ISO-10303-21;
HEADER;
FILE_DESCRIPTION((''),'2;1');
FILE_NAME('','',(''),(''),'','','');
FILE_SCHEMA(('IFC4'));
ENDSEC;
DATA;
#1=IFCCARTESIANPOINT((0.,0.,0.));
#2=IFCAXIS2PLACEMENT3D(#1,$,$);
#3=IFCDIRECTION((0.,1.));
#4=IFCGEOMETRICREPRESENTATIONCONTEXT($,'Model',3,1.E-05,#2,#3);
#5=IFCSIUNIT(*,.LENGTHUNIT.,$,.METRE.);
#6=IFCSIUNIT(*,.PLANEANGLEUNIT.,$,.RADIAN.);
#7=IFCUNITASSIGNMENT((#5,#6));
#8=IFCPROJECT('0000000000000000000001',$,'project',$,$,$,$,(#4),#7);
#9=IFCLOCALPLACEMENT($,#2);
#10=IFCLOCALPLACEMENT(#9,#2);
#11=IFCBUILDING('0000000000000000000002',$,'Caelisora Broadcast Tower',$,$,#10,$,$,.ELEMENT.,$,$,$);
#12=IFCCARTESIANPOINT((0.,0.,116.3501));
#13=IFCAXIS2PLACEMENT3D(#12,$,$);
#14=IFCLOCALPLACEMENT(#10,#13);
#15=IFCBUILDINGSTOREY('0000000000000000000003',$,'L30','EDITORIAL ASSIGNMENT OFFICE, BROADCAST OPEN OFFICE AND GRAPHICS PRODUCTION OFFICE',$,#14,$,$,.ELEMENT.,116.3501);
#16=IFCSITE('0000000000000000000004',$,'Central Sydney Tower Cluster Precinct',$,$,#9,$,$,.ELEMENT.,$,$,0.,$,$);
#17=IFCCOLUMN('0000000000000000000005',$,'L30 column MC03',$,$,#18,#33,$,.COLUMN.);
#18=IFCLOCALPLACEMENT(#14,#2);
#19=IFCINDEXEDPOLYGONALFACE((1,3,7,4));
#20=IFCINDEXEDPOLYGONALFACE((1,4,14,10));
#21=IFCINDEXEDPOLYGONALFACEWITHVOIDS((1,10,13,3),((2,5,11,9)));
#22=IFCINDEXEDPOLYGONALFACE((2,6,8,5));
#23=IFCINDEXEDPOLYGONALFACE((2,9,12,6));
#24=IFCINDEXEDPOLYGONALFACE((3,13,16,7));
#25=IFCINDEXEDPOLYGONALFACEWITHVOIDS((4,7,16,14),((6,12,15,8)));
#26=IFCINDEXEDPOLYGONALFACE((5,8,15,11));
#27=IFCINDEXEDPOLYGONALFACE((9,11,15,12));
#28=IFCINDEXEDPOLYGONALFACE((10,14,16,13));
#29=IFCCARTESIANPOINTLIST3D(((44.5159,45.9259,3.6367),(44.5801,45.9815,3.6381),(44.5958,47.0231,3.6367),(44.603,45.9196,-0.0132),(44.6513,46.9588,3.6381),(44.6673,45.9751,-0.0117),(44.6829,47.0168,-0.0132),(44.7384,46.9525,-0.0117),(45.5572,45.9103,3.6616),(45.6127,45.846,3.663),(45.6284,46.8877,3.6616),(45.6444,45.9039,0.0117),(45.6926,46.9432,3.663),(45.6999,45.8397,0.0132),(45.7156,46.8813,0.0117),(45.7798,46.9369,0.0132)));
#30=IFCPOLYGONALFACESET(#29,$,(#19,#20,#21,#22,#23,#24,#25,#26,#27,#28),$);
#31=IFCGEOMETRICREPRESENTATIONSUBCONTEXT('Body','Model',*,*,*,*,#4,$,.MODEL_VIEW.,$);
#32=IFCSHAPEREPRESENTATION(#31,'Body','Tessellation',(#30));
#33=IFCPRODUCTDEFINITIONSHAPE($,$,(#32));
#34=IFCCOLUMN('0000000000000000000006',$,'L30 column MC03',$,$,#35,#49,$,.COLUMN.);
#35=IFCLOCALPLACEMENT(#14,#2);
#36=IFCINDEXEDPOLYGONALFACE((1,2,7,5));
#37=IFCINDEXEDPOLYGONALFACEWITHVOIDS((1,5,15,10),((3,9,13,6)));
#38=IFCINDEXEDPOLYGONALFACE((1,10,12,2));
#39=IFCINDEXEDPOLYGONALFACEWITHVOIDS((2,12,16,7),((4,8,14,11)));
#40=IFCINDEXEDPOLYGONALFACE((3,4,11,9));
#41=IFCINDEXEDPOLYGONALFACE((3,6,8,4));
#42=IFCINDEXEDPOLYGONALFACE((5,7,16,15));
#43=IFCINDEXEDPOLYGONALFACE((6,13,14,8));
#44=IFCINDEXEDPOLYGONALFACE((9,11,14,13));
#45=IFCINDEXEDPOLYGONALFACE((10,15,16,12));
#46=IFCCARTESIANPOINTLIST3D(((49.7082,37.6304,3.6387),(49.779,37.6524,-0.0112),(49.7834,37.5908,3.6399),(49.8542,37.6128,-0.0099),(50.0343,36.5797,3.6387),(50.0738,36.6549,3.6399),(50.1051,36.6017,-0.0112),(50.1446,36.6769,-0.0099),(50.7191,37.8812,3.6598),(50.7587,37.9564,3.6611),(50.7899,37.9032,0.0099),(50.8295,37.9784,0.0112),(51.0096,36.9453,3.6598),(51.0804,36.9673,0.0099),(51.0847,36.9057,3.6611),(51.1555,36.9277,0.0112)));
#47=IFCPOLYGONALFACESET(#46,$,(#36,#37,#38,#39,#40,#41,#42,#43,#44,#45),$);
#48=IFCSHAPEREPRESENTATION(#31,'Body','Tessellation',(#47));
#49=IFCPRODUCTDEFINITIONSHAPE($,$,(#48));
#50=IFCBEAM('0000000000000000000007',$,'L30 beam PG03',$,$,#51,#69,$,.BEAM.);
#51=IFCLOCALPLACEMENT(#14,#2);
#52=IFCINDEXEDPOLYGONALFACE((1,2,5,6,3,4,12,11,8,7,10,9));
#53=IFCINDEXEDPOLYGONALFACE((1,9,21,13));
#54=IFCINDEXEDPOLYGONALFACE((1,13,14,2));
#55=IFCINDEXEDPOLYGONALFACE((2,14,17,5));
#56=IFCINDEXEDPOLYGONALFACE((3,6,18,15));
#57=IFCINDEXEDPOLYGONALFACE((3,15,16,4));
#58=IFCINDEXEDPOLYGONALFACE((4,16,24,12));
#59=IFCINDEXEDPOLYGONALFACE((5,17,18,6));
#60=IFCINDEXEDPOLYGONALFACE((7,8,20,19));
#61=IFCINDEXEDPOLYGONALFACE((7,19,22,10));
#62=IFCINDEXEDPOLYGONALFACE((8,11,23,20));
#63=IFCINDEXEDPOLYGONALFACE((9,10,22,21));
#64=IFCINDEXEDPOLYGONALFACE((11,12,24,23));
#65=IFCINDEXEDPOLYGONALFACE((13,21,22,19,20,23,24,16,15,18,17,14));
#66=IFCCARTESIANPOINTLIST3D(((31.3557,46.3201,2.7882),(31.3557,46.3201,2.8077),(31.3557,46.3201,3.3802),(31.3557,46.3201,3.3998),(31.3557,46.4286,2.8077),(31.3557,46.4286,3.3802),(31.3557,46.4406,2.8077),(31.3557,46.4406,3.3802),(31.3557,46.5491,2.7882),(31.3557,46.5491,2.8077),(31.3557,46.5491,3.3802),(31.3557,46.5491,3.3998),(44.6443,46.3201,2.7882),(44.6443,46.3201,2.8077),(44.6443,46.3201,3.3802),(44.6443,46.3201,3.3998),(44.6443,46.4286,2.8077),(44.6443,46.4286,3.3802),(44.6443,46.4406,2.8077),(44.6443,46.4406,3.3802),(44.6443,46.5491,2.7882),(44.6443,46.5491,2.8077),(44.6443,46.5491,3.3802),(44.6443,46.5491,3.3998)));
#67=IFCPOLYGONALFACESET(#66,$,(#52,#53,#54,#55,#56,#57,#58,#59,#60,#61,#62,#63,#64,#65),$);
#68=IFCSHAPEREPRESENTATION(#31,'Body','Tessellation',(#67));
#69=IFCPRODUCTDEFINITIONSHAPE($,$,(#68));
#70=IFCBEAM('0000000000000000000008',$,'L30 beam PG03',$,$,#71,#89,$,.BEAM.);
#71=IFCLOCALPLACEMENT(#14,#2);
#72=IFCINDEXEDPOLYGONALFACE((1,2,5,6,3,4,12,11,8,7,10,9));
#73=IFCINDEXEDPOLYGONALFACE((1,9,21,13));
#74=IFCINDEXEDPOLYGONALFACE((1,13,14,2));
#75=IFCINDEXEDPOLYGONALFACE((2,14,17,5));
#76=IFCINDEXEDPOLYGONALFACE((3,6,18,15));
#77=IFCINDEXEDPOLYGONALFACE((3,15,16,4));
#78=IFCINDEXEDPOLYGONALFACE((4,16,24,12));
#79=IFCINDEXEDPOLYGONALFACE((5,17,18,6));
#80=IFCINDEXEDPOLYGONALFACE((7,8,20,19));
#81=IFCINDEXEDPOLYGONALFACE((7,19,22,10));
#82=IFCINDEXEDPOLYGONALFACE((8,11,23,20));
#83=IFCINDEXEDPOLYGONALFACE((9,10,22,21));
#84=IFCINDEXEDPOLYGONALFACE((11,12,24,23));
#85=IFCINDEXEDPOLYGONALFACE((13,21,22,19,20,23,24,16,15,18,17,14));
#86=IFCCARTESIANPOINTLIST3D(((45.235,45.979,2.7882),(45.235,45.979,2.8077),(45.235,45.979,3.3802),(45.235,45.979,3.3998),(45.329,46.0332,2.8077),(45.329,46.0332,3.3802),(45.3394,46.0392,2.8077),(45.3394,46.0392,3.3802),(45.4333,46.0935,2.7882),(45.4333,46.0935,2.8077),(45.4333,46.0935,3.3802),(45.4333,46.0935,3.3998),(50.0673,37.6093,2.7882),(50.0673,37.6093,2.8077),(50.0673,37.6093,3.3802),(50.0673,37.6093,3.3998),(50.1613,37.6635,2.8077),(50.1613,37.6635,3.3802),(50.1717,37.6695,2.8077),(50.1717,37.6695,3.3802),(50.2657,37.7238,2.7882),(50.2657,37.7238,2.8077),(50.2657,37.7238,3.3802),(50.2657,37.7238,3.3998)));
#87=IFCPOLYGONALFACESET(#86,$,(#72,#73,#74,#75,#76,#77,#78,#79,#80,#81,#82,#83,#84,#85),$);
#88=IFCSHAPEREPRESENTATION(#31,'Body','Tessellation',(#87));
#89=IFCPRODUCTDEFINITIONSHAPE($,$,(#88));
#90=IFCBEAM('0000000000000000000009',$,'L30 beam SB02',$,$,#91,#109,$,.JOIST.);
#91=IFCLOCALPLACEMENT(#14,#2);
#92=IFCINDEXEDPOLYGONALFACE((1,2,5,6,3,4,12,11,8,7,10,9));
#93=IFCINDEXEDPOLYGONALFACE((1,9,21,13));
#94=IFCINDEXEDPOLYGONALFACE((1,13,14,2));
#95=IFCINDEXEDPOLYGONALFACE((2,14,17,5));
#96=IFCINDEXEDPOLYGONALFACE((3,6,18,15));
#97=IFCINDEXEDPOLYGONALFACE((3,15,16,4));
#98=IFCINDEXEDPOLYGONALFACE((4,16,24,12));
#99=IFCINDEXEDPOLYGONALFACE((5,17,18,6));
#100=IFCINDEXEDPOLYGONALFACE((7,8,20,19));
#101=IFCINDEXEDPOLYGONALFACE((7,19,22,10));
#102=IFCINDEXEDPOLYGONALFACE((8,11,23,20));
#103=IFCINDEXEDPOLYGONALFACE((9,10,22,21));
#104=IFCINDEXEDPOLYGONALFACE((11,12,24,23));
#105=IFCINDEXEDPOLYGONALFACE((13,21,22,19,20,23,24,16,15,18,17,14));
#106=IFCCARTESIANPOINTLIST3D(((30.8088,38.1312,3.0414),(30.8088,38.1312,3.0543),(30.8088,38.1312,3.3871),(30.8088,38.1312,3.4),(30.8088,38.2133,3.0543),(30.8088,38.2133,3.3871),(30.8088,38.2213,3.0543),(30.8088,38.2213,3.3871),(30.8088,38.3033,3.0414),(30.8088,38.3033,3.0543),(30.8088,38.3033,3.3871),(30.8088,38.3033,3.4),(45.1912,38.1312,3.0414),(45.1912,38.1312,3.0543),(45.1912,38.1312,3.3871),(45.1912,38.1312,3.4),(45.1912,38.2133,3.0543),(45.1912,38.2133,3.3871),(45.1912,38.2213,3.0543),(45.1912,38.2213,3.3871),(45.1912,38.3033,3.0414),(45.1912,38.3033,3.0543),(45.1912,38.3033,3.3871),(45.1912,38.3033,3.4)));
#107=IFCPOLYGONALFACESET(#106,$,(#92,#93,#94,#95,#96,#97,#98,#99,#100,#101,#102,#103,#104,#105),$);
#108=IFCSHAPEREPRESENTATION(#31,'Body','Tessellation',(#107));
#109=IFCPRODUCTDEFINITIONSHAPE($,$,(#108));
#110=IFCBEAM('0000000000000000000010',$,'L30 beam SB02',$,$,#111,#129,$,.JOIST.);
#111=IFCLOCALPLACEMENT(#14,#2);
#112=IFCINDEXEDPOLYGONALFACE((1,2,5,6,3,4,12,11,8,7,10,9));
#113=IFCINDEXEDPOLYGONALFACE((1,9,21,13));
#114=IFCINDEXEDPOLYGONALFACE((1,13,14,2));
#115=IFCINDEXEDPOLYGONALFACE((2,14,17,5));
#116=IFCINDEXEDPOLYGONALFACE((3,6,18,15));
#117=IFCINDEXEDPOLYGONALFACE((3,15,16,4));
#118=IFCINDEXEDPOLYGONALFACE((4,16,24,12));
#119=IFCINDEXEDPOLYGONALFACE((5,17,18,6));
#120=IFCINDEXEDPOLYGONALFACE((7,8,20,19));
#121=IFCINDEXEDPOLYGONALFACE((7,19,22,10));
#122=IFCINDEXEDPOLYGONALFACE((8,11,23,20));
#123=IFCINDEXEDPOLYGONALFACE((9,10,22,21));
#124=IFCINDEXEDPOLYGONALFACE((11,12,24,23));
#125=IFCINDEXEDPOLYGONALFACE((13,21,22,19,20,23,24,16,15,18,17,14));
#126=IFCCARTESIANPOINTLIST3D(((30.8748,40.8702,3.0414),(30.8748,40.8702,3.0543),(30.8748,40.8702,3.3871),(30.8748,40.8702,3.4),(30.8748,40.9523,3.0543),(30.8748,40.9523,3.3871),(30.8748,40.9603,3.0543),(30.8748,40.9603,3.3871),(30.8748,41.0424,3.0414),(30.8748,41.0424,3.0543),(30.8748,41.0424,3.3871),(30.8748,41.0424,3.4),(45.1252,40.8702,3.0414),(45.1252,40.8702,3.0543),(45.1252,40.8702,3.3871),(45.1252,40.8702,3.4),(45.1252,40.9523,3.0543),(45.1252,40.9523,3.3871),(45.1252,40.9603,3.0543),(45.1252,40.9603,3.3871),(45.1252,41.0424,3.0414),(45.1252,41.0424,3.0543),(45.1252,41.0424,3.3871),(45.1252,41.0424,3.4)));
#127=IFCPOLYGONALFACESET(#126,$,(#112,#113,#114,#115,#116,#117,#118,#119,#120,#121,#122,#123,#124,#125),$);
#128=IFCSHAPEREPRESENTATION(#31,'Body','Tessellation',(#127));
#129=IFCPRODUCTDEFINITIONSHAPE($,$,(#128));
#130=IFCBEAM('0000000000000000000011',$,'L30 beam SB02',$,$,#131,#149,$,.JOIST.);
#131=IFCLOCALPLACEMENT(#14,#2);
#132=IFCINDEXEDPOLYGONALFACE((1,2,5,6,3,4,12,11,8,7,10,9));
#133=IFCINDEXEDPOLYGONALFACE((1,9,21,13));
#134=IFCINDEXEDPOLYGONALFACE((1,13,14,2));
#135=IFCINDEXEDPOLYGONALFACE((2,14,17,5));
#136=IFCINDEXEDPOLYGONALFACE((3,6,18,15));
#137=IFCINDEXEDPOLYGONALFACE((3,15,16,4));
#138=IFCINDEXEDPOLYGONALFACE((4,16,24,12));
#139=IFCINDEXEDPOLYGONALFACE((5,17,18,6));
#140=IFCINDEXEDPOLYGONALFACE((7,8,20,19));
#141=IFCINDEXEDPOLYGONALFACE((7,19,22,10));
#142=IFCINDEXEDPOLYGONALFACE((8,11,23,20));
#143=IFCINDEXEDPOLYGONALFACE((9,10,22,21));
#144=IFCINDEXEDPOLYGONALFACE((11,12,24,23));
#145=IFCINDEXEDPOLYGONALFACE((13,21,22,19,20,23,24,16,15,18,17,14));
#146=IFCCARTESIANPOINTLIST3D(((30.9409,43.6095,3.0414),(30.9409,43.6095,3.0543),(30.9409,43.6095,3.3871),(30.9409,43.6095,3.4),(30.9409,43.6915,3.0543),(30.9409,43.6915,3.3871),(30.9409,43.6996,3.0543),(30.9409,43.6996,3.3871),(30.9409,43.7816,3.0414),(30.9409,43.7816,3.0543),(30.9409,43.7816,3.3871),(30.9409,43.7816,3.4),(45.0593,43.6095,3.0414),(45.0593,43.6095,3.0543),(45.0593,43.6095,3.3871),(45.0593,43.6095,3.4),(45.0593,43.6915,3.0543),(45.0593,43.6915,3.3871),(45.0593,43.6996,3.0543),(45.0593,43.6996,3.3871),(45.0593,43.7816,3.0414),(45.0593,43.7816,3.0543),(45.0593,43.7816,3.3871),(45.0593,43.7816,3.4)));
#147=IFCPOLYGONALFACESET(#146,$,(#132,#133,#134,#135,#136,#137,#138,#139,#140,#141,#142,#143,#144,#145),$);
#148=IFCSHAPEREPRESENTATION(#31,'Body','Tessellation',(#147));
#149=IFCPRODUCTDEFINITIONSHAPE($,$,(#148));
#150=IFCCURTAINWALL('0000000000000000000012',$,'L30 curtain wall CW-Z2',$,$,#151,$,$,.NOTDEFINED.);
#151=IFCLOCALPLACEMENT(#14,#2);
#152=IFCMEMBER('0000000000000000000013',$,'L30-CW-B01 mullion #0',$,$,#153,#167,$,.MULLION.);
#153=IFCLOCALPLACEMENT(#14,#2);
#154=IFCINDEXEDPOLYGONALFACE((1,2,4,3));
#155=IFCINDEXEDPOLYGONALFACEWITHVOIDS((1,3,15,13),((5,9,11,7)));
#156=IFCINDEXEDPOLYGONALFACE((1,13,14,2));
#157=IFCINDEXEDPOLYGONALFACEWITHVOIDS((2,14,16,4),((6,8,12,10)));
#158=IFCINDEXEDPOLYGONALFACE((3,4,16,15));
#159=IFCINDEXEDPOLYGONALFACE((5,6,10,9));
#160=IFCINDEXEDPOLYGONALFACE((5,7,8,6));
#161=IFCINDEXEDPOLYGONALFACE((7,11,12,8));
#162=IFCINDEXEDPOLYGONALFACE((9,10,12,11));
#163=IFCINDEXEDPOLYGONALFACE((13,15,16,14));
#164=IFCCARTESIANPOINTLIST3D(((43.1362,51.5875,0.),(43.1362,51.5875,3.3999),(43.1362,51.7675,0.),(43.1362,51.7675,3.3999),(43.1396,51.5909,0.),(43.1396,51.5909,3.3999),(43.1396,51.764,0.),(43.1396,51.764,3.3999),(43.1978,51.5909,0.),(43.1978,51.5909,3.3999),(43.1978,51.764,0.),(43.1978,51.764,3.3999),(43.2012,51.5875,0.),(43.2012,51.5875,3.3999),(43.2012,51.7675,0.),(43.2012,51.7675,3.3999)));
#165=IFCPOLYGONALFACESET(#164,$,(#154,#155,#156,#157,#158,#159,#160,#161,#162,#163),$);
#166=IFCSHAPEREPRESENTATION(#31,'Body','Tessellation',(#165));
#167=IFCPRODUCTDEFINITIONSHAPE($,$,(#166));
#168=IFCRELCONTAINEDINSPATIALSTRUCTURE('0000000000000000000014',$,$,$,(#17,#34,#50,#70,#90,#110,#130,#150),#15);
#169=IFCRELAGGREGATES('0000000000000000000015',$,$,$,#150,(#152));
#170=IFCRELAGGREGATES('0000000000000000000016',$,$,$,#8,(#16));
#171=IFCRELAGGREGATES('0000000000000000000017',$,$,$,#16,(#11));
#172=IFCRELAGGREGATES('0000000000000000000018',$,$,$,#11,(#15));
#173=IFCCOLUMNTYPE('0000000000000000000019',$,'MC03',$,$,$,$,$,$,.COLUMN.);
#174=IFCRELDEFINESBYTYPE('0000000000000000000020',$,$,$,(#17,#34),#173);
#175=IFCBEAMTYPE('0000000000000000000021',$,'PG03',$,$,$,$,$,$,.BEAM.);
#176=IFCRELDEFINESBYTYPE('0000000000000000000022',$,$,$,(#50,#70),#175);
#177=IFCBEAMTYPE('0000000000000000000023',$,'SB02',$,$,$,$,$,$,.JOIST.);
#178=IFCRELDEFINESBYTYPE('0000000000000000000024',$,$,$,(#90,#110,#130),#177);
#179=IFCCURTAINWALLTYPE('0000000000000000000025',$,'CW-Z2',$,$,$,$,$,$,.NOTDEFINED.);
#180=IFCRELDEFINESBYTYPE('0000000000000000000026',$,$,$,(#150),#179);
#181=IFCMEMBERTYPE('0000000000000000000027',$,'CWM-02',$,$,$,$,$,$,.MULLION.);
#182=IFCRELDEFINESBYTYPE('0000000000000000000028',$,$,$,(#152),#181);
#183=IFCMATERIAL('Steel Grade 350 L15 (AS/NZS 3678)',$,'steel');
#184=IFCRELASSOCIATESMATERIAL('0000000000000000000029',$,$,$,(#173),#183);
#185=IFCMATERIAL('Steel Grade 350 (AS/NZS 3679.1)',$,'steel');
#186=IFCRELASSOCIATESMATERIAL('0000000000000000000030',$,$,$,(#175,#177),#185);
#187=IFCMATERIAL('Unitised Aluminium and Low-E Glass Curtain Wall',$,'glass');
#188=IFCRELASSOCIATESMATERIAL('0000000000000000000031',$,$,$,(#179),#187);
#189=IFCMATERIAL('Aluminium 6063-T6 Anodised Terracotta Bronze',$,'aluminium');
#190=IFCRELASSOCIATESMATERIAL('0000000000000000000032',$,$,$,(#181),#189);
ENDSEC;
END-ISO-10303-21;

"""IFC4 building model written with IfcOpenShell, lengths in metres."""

from ifc_helpers import new_model, si_unit, direction, frame, origin, origin_2d, place, context, subcontext, project, spatial, hollow_rectangle, i_section, extrude, source, transform, mapped, material, material_profile, profile_set, type_object, type_shapes, element, aggregate, save


model = new_model("IFC4")

# Units and contexts
model_context = context("Model", 3, precision=1e-05, world=origin(), true_north=direction((0.0, 1.0)))
body_context = subcontext(model_context, "Body", "Model", "MODEL_VIEW")
ifc_project = project(units=[si_unit("LENGTHUNIT", "METRE"), si_unit("PLANEANGLEUNIT", "RADIAN")], contexts=[model_context])

# Site, building, storey
site_placement = place(None, origin())
site = spatial("IfcSite", under=ifc_project, at=site_placement, Name="Central Sydney Tower Cluster Precinct", CompositionType="ELEMENT", RefElevation=0.0)
building_placement = place(site_placement, origin())
building = spatial("IfcBuilding", under=site, at=building_placement, Name="Caelisora Broadcast Tower", CompositionType="ELEMENT")
storey_placement = place(building_placement, frame((0.0, 0.0, 116.3501)))
storey = spatial("IfcBuildingStorey", under=building, at=storey_placement, Name="L30", Description="EDITORIAL ASSIGNMENT OFFICE, BROADCAST OPEN OFFICE AND GRAPHICS PRODUCTION OFFICE", CompositionType="ELEMENT", Elevation=116.3501)

# Columns
ifc_material_1 = material(Name="Steel Grade 350 L15 (AS/NZS 3678)", Category="steel")
ifc_material_profile_1 = material_profile(ifc_material_1, hollow_rectangle(XDim=1.1001, YDim=1.1001, WallThickness=0.0601, at=origin_2d()), Name="Steel Grade 350 L15 (AS/NZS 3678)")
ifc_profile_set_1 = profile_set([ifc_material_profile_1], Name="Steel Grade 350 L15 (AS/NZS 3678)")
column_type = type_object("IfcColumnType", Name="MC03", PredefinedType="COLUMN", material=ifc_profile_set_1)
shared_shape_1 = source(origin(), body_context, "Body", "SweptSolid", [
    extrude(hollow_rectangle(XDim=1.1001, YDim=1.1001, WallThickness=0.0601, at=origin_2d()), origin(), (0.0, 0.0, 1.0), 3.6509),
])
column_1_placement = place(storey_placement, frame((45.1914, 46.4282, 0.0), z_axis=(-0.023873, 0.001739, 0.999713), x_axis=(-0.072637, -0.997358, 0.0)))
element("IfcColumn", 1, at=column_1_placement, inside=storey, type_object=column_type, Name="L30 column MC03", PredefinedType="COLUMN", context=body_context, shape_type="MappedRepresentation", body=[
    mapped(shared_shape_1, transform((0.0, 0.0, 0.0), scale=1.0)),
])
shared_shape_2 = source(origin(), body_context, "Body", "SweptSolid", [
    extrude(hollow_rectangle(XDim=1.1001, YDim=1.1001, WallThickness=0.0601, at=origin_2d()), origin(), (0.0, 0.0, 1.0), 3.6506),
])
type_shapes(column_type, [shared_shape_1, shared_shape_2])
column_2_placement = place(storey_placement, frame((50.4673, 37.29, 0.0), z_axis=(-0.019394, -0.006019, 0.999794), x_axis=(0.296399, -0.955064, 0.0)))
element("IfcColumn", 2, at=column_2_placement, inside=storey, type_object=column_type, Name="L30 column MC03", PredefinedType="COLUMN", context=body_context, shape_type="MappedRepresentation", body=[
    mapped(shared_shape_2, transform((0.0, 0.0, 0.0), scale=1.0)),
])

# Beams
ifc_material_2 = material(Name="Steel Grade 350 (AS/NZS 3679.1)", Category="steel")
ifc_material_profile_2 = material_profile(ifc_material_2, i_section(OverallWidth=0.229, OverallDepth=0.6116, WebThickness=0.012, FlangeThickness=0.0195, at=origin_2d()), Name="Steel Grade 350 (AS/NZS 3679.1)")
ifc_profile_set_2 = profile_set([ifc_material_profile_2], Name="Steel Grade 350 (AS/NZS 3679.1)")
beam_type_1 = type_object("IfcBeamType", Name="PG03", PredefinedType="BEAM", material=ifc_profile_set_2)
shared_shape_3 = source(origin(), body_context, "Body", "SweptSolid", [
    extrude(i_section(OverallWidth=0.229, OverallDepth=0.6116, WebThickness=0.012, FlangeThickness=0.0195, at=origin_2d()), origin(), (0.0, 0.0, 1.0), 13.2886),
])
beam_1_placement = place(storey_placement, frame((44.6443, 46.4346, 3.094), z_axis=(-1.0, 0.0, 0.0), x_axis=(0.0, -1.0, 0.0)))
element("IfcBeam", 3, at=beam_1_placement, inside=storey, type_object=beam_type_1, Name="L30 beam PG03", PredefinedType="BEAM", context=body_context, shape_type="MappedRepresentation", body=[
    mapped(shared_shape_3, transform((0.0, 0.0, 0.0), scale=1.0)),
])
shared_shape_4 = source(origin(), body_context, "Body", "SweptSolid", [
    extrude(i_section(OverallWidth=0.229, OverallDepth=0.6116, WebThickness=0.012, FlangeThickness=0.0195, at=origin_2d()), origin(), (0.0, 0.0, 1.0), 9.6646),
])
type_shapes(beam_type_1, [shared_shape_3, shared_shape_4])
beam_2_placement = place(storey_placement, frame((50.1665, 37.6665, 3.094), z_axis=(-0.500005, 0.866022, 0.0), x_axis=(-0.866022, -0.500005, 0.0)))
element("IfcBeam", 4, at=beam_2_placement, inside=storey, type_object=beam_type_1, Name="L30 beam PG03", PredefinedType="BEAM", context=body_context, shape_type="MappedRepresentation", body=[
    mapped(shared_shape_4, transform((0.0, 0.0, 0.0), scale=1.0)),
])
ifc_material_profile_3 = material_profile(ifc_material_2, i_section(OverallWidth=0.1721, OverallDepth=0.3586, WebThickness=0.0081, FlangeThickness=0.0129, at=origin_2d()), Name="Steel Grade 350 (AS/NZS 3679.1)")
ifc_profile_set_3 = profile_set([ifc_material_profile_3], Name="Steel Grade 350 (AS/NZS 3679.1)")
beam_type_2 = type_object("IfcBeamType", Name="SB02", PredefinedType="JOIST", material=ifc_profile_set_3)
shared_shape_5 = source(origin(), body_context, "Body", "SweptSolid", [
    extrude(i_section(OverallWidth=0.1721, OverallDepth=0.3586, WebThickness=0.0081, FlangeThickness=0.0129, at=origin_2d()), origin(), (0.0, 0.0, 1.0), 14.3823),
])
beam_3_placement = place(storey_placement, frame((45.1912, 38.2173, 3.2207), z_axis=(-1.0, 0.0, 0.0), x_axis=(0.0, -1.0, 0.0)))
element("IfcBeam", 5, at=beam_3_placement, inside=storey, type_object=beam_type_2, Name="L30 beam SB02", PredefinedType="JOIST", context=body_context, shape_type="MappedRepresentation", body=[
    mapped(shared_shape_5, transform((0.0, 0.0, 0.0), scale=1.0)),
])
shared_shape_6 = source(origin(), body_context, "Body", "SweptSolid", [
    extrude(i_section(OverallWidth=0.1721, OverallDepth=0.3586, WebThickness=0.0081, FlangeThickness=0.0129, at=origin_2d()), origin(), (0.0, 0.0, 1.0), 14.2505),
])
beam_4_placement = place(storey_placement, frame((45.1252, 40.9563, 3.2207), z_axis=(-1.0, 0.0, 0.0), x_axis=(0.0, -1.0, 0.0)))
element("IfcBeam", 6, at=beam_4_placement, inside=storey, type_object=beam_type_2, Name="L30 beam SB02", PredefinedType="JOIST", context=body_context, shape_type="MappedRepresentation", body=[
    mapped(shared_shape_6, transform((0.0, 0.0, 0.0), scale=1.0)),
])
shared_shape_7 = source(origin(), body_context, "Body", "SweptSolid", [
    extrude(i_section(OverallWidth=0.1721, OverallDepth=0.3586, WebThickness=0.0081, FlangeThickness=0.0129, at=origin_2d()), origin(), (0.0, 0.0, 1.0), 14.1184),
])
type_shapes(beam_type_2, [shared_shape_5, shared_shape_6, shared_shape_7])
beam_5_placement = place(storey_placement, frame((45.0593, 43.6956, 3.2207), z_axis=(-1.0, 0.0, 0.0), x_axis=(0.0, -1.0, 0.0)))
element("IfcBeam", 7, at=beam_5_placement, inside=storey, type_object=beam_type_2, Name="L30 beam SB02", PredefinedType="JOIST", context=body_context, shape_type="MappedRepresentation", body=[
    mapped(shared_shape_7, transform((0.0, 0.0, 0.0), scale=1.0)),
])

# Curtain wall, member
ifc_material_3 = material(Name="Unitised Aluminium and Low-E Glass Curtain Wall", Category="glass")
curtain_wall_type_1 = type_object("IfcCurtainWallType", Name="CW-Z2", PredefinedType="NOTDEFINED", material=ifc_material_3)
curtain_wall_1_placement = place(storey_placement, origin())
curtain_wall_1 = element("IfcCurtainWall", 8, at=curtain_wall_1_placement, inside=storey, type_object=curtain_wall_type_1, Name="L30 curtain wall CW-Z2", PredefinedType="NOTDEFINED")
ifc_material_4 = material(Name="Aluminium 6063-T6 Anodised Terracotta Bronze", Category="aluminium")
ifc_material_profile_4 = material_profile(ifc_material_4, hollow_rectangle(XDim=0.0649, YDim=0.1799, WallThickness=0.0034, at=origin_2d()), Name="Aluminium 6063-T6 Anodised Terracotta Bronze")
ifc_profile_set_4 = profile_set([ifc_material_profile_4], Name="Aluminium 6063-T6 Anodised Terracotta Bronze")
member_type_1 = type_object("IfcMemberType", Name="CWM-02", PredefinedType="MULLION", material=ifc_profile_set_4)
shared_shape_8 = source(origin(), body_context, "Body", "SweptSolid", [
    extrude(hollow_rectangle(XDim=0.0649, YDim=0.1799, WallThickness=0.0034, at=origin_2d()), origin(), (0.0, 0.0, 1.0), 3.3999),
])
type_shapes(member_type_1, [shared_shape_8])
member_1_placement = place(storey_placement, frame((43.1687, 51.6775, 0.0), z_axis=(0.0, 0.0, 1.0), x_axis=(1.0, 0.0, 0.0)))
member_1 = element("IfcMember", 9, at=member_1_placement, type_object=member_type_1, Name="L30-CW-B01 mullion #0", PredefinedType="MULLION", context=body_context, shape_type="MappedRepresentation", body=[
    mapped(shared_shape_8, transform((0.0, 0.0, 0.0), scale=1.0)),
])

aggregate(curtain_wall_1, [member_1])

save(model, "model.ifc")
